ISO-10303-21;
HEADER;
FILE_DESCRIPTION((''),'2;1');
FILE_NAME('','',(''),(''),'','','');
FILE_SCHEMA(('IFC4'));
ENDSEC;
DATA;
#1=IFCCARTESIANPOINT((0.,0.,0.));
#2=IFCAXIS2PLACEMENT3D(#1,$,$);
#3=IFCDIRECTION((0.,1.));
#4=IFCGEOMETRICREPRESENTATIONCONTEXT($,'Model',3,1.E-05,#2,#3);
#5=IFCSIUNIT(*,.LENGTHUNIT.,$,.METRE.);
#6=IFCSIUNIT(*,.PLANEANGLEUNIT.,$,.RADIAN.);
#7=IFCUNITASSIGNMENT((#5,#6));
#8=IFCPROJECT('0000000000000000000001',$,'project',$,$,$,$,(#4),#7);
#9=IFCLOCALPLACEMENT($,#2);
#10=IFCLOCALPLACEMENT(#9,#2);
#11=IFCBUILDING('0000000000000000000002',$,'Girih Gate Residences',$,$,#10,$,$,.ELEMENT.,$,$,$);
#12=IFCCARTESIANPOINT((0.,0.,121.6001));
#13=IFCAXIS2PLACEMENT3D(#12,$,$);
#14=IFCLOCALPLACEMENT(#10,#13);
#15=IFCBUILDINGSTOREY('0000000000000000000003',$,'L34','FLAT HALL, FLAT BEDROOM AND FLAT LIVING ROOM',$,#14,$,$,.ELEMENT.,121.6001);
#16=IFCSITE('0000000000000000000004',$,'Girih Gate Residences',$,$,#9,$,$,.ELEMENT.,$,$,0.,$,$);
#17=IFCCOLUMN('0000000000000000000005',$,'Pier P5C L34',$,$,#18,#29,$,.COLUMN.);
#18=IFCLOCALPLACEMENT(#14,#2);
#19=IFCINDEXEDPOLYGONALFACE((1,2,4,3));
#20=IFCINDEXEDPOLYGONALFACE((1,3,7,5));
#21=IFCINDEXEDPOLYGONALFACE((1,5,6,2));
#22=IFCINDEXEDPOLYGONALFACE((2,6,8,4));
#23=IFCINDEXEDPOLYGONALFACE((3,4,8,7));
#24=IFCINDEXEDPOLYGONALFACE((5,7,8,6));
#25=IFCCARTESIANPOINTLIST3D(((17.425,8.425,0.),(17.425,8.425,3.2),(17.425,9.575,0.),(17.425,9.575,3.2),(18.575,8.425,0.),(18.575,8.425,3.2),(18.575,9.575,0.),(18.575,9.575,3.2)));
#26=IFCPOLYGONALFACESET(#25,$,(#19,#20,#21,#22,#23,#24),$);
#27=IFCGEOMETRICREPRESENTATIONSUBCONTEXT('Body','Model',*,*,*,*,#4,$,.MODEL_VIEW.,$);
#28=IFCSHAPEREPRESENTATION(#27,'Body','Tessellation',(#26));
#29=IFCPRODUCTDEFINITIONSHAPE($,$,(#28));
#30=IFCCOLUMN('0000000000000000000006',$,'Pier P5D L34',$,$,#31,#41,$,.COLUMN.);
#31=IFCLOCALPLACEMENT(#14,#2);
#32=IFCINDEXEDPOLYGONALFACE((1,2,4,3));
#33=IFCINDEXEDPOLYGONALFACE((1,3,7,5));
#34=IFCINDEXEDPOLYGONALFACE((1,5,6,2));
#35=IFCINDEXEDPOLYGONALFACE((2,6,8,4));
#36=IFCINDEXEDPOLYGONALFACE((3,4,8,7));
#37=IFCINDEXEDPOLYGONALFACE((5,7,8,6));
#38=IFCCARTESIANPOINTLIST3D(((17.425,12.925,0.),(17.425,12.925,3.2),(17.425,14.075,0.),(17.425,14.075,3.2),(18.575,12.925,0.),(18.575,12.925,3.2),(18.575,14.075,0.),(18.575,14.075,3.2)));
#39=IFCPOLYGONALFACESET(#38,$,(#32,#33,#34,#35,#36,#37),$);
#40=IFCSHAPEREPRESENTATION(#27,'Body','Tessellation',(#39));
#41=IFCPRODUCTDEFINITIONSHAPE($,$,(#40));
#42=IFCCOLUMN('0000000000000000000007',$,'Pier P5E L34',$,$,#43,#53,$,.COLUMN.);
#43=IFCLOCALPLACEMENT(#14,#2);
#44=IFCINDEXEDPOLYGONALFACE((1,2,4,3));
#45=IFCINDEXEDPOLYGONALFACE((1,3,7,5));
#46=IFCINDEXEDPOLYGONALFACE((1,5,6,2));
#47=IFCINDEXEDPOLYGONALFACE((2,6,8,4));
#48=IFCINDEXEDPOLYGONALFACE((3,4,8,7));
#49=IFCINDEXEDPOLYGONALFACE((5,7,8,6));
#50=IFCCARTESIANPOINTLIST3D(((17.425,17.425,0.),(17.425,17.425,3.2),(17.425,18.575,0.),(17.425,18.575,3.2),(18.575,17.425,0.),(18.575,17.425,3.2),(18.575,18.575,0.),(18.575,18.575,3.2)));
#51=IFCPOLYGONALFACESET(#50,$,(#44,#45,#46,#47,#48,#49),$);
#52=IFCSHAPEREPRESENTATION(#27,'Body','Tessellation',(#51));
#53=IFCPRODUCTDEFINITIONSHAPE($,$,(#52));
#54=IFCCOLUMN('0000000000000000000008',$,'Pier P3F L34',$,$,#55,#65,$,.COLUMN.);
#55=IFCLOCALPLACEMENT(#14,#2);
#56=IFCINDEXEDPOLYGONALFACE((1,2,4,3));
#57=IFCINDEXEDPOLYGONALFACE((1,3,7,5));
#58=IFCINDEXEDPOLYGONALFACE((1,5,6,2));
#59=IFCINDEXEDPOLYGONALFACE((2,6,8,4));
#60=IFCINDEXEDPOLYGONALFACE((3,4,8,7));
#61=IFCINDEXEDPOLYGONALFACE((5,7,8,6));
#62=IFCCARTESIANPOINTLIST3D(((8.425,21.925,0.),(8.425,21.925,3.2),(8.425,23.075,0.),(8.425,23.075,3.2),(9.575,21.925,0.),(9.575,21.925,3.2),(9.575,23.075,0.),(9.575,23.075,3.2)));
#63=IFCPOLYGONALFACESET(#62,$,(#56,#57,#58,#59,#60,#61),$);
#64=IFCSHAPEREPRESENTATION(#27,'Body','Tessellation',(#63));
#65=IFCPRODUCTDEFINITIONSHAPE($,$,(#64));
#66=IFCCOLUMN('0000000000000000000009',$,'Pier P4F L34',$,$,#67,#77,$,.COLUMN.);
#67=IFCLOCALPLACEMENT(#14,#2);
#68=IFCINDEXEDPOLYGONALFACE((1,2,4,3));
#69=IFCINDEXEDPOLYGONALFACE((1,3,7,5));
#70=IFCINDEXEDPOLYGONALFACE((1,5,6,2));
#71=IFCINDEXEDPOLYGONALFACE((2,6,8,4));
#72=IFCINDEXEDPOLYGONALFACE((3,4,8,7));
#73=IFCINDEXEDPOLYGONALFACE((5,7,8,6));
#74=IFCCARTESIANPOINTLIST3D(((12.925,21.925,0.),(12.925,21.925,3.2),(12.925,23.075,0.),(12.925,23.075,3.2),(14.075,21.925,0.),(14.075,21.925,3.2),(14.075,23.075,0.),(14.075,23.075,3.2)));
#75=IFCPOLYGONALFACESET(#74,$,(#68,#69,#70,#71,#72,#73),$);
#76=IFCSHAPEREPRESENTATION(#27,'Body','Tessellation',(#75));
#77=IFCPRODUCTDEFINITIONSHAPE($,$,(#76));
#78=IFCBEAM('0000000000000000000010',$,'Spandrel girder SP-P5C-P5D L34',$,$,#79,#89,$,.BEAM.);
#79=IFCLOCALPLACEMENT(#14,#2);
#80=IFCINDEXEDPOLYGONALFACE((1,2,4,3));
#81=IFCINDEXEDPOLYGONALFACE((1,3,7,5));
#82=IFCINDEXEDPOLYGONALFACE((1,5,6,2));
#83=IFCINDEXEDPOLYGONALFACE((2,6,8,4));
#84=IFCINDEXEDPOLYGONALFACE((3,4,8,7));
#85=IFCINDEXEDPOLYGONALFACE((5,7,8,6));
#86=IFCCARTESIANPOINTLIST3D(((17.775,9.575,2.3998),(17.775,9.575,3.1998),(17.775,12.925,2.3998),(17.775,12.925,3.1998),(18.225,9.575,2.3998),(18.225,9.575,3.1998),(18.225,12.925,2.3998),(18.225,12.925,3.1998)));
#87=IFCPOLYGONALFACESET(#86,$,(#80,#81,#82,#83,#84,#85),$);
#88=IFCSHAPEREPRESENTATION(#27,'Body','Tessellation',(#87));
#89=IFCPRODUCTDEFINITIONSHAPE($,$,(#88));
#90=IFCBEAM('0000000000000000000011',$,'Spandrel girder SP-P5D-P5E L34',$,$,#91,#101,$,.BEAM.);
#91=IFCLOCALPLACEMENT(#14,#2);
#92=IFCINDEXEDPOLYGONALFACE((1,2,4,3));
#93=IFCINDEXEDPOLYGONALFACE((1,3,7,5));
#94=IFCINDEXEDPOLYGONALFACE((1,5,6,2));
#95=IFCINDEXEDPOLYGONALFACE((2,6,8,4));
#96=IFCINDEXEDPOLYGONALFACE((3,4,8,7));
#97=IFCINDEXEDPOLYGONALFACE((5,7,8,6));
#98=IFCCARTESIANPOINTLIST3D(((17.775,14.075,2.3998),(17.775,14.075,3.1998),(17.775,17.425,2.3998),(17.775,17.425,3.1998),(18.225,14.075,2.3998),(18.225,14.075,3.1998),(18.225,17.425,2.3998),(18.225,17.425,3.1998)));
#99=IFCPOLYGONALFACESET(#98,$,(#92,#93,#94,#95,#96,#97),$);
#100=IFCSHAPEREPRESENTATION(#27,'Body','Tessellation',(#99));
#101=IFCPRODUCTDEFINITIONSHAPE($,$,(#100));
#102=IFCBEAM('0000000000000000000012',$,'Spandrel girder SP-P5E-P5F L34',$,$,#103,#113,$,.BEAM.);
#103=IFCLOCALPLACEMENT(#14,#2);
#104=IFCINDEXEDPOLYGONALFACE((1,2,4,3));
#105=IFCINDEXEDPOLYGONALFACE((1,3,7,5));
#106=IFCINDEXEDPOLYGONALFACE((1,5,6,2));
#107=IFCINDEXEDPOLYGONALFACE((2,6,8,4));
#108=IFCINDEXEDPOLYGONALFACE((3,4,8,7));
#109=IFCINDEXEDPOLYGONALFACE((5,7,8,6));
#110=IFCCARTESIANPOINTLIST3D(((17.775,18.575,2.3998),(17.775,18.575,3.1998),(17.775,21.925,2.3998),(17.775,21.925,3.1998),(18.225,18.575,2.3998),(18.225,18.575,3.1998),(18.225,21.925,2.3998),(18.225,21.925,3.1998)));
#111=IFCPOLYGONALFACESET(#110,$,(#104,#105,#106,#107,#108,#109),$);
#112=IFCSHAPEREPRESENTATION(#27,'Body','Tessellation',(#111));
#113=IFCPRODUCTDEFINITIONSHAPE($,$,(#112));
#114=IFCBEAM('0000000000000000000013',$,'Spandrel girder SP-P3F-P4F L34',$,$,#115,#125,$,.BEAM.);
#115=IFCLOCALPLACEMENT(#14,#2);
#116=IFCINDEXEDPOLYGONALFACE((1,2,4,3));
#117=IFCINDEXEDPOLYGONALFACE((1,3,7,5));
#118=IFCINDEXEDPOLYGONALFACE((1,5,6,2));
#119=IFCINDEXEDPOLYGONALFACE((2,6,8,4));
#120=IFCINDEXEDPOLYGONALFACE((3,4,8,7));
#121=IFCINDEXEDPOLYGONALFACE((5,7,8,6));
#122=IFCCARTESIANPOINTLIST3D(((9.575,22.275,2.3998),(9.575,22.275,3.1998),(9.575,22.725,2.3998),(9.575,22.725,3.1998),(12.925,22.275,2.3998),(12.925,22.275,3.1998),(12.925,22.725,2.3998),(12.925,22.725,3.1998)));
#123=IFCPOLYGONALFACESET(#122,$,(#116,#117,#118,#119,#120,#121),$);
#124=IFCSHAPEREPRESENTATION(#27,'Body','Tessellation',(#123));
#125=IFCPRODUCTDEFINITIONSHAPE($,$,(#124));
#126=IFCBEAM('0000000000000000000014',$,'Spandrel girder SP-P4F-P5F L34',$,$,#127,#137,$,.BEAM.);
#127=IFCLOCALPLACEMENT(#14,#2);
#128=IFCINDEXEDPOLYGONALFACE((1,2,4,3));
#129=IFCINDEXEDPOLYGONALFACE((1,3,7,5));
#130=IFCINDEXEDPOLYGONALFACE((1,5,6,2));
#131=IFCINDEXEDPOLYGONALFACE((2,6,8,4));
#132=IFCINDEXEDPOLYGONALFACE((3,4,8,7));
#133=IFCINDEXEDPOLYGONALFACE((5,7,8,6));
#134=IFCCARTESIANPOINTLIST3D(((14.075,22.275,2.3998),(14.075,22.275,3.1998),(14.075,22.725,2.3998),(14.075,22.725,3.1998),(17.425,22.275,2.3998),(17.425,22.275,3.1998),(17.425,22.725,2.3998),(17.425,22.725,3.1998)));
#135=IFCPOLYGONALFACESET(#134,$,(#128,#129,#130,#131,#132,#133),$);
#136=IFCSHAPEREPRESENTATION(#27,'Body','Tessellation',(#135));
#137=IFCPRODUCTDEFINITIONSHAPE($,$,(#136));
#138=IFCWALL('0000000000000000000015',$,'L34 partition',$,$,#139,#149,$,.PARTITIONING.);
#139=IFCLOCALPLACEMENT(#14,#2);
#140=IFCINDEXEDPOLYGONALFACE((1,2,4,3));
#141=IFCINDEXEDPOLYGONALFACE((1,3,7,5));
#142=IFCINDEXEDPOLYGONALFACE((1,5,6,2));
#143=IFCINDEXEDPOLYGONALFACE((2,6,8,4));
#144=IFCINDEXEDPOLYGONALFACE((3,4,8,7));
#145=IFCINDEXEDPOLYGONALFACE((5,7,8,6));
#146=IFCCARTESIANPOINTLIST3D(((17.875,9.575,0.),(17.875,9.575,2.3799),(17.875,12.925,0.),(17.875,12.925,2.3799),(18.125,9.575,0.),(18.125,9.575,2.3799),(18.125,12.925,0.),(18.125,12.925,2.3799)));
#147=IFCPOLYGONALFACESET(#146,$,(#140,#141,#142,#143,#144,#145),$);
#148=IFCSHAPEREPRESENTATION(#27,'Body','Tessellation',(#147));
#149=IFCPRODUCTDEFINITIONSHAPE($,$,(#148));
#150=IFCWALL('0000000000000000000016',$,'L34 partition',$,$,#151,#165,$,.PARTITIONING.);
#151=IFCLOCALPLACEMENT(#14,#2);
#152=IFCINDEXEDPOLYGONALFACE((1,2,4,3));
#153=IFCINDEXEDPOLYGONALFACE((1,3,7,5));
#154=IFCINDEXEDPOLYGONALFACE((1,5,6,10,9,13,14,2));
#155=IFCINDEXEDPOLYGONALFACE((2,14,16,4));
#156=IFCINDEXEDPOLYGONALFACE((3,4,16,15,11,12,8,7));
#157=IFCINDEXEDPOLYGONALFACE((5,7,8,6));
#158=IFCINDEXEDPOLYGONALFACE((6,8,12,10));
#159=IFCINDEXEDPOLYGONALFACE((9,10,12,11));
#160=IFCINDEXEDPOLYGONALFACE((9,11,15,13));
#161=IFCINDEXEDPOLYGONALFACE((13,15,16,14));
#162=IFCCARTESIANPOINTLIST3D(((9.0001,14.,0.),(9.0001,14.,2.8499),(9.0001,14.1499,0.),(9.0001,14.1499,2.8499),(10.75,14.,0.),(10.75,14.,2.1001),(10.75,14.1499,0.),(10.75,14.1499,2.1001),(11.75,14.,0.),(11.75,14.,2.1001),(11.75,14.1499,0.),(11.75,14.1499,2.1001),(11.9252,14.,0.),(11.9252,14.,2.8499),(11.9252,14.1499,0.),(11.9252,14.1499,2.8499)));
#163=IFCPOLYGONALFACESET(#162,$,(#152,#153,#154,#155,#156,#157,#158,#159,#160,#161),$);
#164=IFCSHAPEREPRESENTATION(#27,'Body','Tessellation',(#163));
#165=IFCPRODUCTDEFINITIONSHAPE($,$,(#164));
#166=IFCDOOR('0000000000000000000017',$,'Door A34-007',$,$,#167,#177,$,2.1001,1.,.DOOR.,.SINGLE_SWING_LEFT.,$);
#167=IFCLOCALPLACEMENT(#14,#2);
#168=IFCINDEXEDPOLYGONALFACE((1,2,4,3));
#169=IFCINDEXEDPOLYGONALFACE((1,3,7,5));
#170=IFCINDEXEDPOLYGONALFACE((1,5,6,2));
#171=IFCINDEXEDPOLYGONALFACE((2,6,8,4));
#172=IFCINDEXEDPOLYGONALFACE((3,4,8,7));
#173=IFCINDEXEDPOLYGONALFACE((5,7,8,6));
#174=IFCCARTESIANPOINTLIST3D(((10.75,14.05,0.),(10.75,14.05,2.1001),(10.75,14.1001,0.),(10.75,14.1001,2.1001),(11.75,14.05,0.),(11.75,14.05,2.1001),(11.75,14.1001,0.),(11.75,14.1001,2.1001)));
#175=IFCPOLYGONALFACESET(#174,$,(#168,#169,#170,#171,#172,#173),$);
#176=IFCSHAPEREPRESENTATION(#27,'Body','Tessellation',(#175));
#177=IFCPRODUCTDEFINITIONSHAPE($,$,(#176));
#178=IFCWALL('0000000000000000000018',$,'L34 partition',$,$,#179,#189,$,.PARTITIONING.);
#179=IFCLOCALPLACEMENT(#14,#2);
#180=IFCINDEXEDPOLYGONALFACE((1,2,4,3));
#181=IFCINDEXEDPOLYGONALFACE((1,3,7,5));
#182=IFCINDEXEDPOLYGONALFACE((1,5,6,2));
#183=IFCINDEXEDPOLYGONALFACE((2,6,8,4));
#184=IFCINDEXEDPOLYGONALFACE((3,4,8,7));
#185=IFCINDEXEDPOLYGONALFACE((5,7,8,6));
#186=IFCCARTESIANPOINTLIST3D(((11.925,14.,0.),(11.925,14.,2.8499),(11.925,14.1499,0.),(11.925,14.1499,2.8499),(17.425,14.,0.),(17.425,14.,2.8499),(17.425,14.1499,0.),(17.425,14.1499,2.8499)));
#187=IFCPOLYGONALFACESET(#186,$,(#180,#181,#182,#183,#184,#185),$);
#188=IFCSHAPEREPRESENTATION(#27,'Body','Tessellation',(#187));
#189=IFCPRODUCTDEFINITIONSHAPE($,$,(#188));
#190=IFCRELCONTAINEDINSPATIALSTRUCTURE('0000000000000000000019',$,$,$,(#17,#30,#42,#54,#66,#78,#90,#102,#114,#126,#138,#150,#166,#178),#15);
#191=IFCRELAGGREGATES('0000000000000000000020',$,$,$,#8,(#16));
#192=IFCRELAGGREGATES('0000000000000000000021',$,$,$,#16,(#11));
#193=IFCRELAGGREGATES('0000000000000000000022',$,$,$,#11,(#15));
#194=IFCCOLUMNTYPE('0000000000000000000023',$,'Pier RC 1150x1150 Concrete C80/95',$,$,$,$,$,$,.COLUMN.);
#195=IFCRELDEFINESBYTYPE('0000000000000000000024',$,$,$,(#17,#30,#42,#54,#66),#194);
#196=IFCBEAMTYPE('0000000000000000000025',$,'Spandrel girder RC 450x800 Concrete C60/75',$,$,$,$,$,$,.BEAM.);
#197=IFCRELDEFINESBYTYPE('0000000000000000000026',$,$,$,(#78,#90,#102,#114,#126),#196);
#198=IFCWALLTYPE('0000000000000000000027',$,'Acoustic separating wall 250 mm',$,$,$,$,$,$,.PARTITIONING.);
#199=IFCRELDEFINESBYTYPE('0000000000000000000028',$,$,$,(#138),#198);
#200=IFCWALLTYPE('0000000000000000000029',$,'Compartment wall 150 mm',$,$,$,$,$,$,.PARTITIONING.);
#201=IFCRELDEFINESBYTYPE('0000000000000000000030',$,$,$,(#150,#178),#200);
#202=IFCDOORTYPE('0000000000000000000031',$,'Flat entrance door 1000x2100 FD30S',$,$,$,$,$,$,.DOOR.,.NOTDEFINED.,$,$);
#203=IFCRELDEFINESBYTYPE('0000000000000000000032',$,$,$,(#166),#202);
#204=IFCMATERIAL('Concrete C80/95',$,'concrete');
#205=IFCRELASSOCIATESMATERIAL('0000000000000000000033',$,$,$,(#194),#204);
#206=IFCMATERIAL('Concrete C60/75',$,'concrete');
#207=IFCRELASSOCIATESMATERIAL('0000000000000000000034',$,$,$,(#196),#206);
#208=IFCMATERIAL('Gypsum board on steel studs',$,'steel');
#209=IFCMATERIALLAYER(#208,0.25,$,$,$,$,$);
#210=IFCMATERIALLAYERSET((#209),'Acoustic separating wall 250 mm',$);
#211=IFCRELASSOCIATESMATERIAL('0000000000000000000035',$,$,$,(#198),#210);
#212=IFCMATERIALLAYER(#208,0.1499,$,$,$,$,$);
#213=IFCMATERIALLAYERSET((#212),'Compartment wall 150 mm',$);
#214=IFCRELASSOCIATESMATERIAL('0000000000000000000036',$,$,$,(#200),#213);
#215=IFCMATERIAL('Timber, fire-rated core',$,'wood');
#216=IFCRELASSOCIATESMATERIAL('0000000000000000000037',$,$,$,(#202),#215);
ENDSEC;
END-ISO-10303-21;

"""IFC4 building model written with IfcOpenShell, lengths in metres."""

from ifc_helpers import new_model, si_unit, direction, frame, frame_2d, origin, origin_2d, place, context, subcontext, project, spatial, rectangle, extrude, material, layer, layer_set, material_profile, profile_set, type_object, element, fill, save


model = new_model("IFC4")

# Units and contexts
model_context = context("Model", 3, precision=1e-05, world=origin(), true_north=direction((0.0, 1.0)))
body_context = subcontext(model_context, "Body", "Model", "MODEL_VIEW")
ifc_project = project(units=[si_unit("LENGTHUNIT", "METRE"), si_unit("PLANEANGLEUNIT", "RADIAN")], contexts=[model_context])

# Site, building, storey
site_placement = place(None, origin())
site = spatial("IfcSite", under=ifc_project, at=site_placement, Name="Girih Gate Residences", CompositionType="ELEMENT", RefElevation=0.0)
building_placement = place(site_placement, origin())
building = spatial("IfcBuilding", under=site, at=building_placement, Name="Girih Gate Residences", CompositionType="ELEMENT")
storey_placement = place(building_placement, frame((0.0, 0.0, 121.6001)))
storey = spatial("IfcBuildingStorey", under=building, at=storey_placement, Name="L34", Description="FLAT HALL, FLAT BEDROOM AND FLAT LIVING ROOM", CompositionType="ELEMENT", Elevation=121.6001)

# Columns
ifc_material_1 = material(Name="Concrete C80/95", Category="concrete")
ifc_material_profile_1 = material_profile(ifc_material_1, rectangle(XDim=1.1499, YDim=1.1499, at=origin_2d()))
ifc_profile_set_1 = profile_set([ifc_material_profile_1], Name="Concrete C80/95")
column_type = type_object("IfcColumnType", Name="Pier RC 1150x1150 Concrete C80/95", PredefinedType="COLUMN", material=ifc_profile_set_1)
for number, where, z_axis, x_axis, name in (
    (1, (18.0, 9.0, 0.0), (0.0, 0.0, 1.0), (1.0, 0.0, 0.0), "Pier P5C L34"),
    (2, (18.0, 13.5, 0.0), (0.0, 0.0, 1.0), (1.0, 0.0, 0.0), "Pier P5D L34"),
    (3, (18.0, 18.0, 0.0), (0.0, 0.0, 1.0), (1.0, 0.0, 0.0), "Pier P5E L34"),
    (4, (9.0, 22.5, 0.0), (0.0, 0.0, 1.0), (1.0, 0.0, 0.0), "Pier P3F L34"),
    (5, (13.5, 22.5, 0.0), (0.0, 0.0, 1.0), (1.0, 0.0, 0.0), "Pier P4F L34"),
):
    element("IfcColumn", number, at=place(storey_placement, frame(where, z_axis=z_axis, x_axis=x_axis)), inside=storey, type_object=column_type, Name=name, PredefinedType="COLUMN", context=body_context, shape_type="SweptSolid", body=[
        extrude(rectangle(XDim=1.1499, YDim=1.1499, at=origin_2d()), origin(), (0.0, 0.0, 1.0), 3.2),
    ])

# Beams
ifc_material_2 = material(Name="Concrete C60/75", Category="concrete")
ifc_material_profile_2 = material_profile(ifc_material_2, rectangle(XDim=0.45, YDim=0.8, at=origin_2d()))
ifc_profile_set_2 = profile_set([ifc_material_profile_2], Name="Concrete C60/75")
beam_type = type_object("IfcBeamType", Name="Spandrel girder RC 450x800 Concrete C60/75", PredefinedType="BEAM", material=ifc_profile_set_2)
for number, where, z_axis, x_axis, name in (
    (6, (18.0, 9.575, 2.7998), (0.0, 1.0, 0.0), (-1.0, 0.0, 0.0), "Spandrel girder SP-P5C-P5D L34"),
    (7, (18.0, 14.075, 2.7998), (0.0, 1.0, 0.0), (-1.0, 0.0, 0.0), "Spandrel girder SP-P5D-P5E L34"),
    (8, (18.0, 18.575, 2.7998), (0.0, 1.0, 0.0), (-1.0, 0.0, 0.0), "Spandrel girder SP-P5E-P5F L34"),
    (9, (9.575, 22.5, 2.7998), (1.0, 0.0, 0.0), (0.0, 1.0, 0.0), "Spandrel girder SP-P3F-P4F L34"),
    (10, (14.075, 22.5, 2.7998), (1.0, 0.0, 0.0), (0.0, 1.0, 0.0), "Spandrel girder SP-P4F-P5F L34"),
):
    element("IfcBeam", number, at=place(storey_placement, frame(where, z_axis=z_axis, x_axis=x_axis)), inside=storey, type_object=beam_type, Name=name, PredefinedType="BEAM", context=body_context, shape_type="SweptSolid", body=[
        extrude(rectangle(XDim=0.45, YDim=0.8, at=origin_2d()), origin(), (0.0, 0.0, 1.0), 3.3501),
    ])

# Wall
ifc_material_3 = material(Name="Gypsum board on steel studs", Category="steel")
ifc_layer_1 = layer(ifc_material_3, 0.25)
ifc_layer_set_1 = layer_set([ifc_layer_1], Name="Acoustic separating wall 250 mm")
wall_type_1 = type_object("IfcWallType", Name="Acoustic separating wall 250 mm", PredefinedType="PARTITIONING", material=ifc_layer_set_1)
wall_1_placement = place(storey_placement, frame((18.0, 9.575, 0.0), z_axis=(0.0, 0.0, 1.0), x_axis=(0.0, 1.0, 0.0)))
element("IfcWall", 11, at=wall_1_placement, inside=storey, type_object=wall_type_1, Name="L34 partition", PredefinedType="PARTITIONING", context=body_context, shape_type="SweptSolid", body=[
    extrude(rectangle(XDim=3.3501, YDim=0.25, at=frame_2d((1.675, 0.0))), origin(), (0.0, 0.0, 1.0), 2.3799),
])

# Wall, opening, door
ifc_layer_2 = layer(ifc_material_3, 0.1499)
ifc_layer_set_2 = layer_set([ifc_layer_2], Name="Compartment wall 150 mm")
wall_type_2 = type_object("IfcWallType", Name="Compartment wall 150 mm", PredefinedType="PARTITIONING", material=ifc_layer_set_2)
wall_2_placement = place(storey_placement, frame((11.925, 14.075, 0.0), z_axis=(0.0, 0.0, 1.0), x_axis=(-1.0, 0.0, 0.0)))
wall_2 = element("IfcWall", 12, at=wall_2_placement, inside=storey, type_object=wall_type_2, Name="L34 partition", PredefinedType="PARTITIONING", context=body_context, shape_type="SweptSolid", body=[
    extrude(rectangle(XDim=2.925, YDim=0.1499, at=frame_2d((1.4624, 0.0))), origin(), (0.0, 0.0, 1.0), 2.8499),
])
opening_1_placement = place(wall_2_placement, frame((0.175, 0.0, 0.0)))
opening_1 = element("IfcOpeningElement", 13, at=opening_1_placement, cuts=wall_2, PredefinedType="OPENING", context=body_context, shape_type="SweptSolid", body=[
    extrude(rectangle(XDim=1.0, YDim=2.1001, at=frame_2d((0.5, 1.05))), frame((0.0, 0.085, 0.0), z_axis=(0.0, -1.0, 0.0), x_axis=(1.0, 0.0, 0.0)), (0.0, 0.0, 1.0), 0.1699),
])
ifc_material_4 = material(Name="Timber, fire-rated core", Category="wood")
door_type_1 = type_object("IfcDoorType", Name="Flat entrance door 1000x2100 FD30S", OperationType="NOTDEFINED", PredefinedType="DOOR", material=ifc_material_4)
door_1_placement = place(opening_1_placement, origin())
door_1 = element("IfcDoor", 14, at=door_1_placement, inside=storey, type_object=door_type_1, Name="Door A34-007", OperationType="SINGLE_SWING_LEFT", OverallHeight=2.1001, OverallWidth=1.0, PredefinedType="DOOR", context=body_context, shape_type="SweptSolid", body=[
    extrude(rectangle(XDim=1.0, YDim=2.1001, at=frame_2d((0.5, 1.05))), frame((0.0, 0.0249, 0.0), z_axis=(0.0, -1.0, 0.0), x_axis=(1.0, 0.0, 0.0)), (0.0, 0.0, 1.0), 0.05),
])
fill(opening_1, door_1)

# Wall
wall_3_placement = place(storey_placement, frame((11.925, 14.075, 0.0), z_axis=(0.0, 0.0, 1.0), x_axis=(1.0, 0.0, 0.0)))
element("IfcWall", 15, at=wall_3_placement, inside=storey, type_object=wall_type_2, Name="L34 partition", PredefinedType="PARTITIONING", context=body_context, shape_type="SweptSolid", body=[
    extrude(rectangle(XDim=5.5, YDim=0.1499, at=frame_2d((2.75, 0.0))), origin(), (0.0, 0.0, 1.0), 2.8499),
])

save(model, "model.ifc")
